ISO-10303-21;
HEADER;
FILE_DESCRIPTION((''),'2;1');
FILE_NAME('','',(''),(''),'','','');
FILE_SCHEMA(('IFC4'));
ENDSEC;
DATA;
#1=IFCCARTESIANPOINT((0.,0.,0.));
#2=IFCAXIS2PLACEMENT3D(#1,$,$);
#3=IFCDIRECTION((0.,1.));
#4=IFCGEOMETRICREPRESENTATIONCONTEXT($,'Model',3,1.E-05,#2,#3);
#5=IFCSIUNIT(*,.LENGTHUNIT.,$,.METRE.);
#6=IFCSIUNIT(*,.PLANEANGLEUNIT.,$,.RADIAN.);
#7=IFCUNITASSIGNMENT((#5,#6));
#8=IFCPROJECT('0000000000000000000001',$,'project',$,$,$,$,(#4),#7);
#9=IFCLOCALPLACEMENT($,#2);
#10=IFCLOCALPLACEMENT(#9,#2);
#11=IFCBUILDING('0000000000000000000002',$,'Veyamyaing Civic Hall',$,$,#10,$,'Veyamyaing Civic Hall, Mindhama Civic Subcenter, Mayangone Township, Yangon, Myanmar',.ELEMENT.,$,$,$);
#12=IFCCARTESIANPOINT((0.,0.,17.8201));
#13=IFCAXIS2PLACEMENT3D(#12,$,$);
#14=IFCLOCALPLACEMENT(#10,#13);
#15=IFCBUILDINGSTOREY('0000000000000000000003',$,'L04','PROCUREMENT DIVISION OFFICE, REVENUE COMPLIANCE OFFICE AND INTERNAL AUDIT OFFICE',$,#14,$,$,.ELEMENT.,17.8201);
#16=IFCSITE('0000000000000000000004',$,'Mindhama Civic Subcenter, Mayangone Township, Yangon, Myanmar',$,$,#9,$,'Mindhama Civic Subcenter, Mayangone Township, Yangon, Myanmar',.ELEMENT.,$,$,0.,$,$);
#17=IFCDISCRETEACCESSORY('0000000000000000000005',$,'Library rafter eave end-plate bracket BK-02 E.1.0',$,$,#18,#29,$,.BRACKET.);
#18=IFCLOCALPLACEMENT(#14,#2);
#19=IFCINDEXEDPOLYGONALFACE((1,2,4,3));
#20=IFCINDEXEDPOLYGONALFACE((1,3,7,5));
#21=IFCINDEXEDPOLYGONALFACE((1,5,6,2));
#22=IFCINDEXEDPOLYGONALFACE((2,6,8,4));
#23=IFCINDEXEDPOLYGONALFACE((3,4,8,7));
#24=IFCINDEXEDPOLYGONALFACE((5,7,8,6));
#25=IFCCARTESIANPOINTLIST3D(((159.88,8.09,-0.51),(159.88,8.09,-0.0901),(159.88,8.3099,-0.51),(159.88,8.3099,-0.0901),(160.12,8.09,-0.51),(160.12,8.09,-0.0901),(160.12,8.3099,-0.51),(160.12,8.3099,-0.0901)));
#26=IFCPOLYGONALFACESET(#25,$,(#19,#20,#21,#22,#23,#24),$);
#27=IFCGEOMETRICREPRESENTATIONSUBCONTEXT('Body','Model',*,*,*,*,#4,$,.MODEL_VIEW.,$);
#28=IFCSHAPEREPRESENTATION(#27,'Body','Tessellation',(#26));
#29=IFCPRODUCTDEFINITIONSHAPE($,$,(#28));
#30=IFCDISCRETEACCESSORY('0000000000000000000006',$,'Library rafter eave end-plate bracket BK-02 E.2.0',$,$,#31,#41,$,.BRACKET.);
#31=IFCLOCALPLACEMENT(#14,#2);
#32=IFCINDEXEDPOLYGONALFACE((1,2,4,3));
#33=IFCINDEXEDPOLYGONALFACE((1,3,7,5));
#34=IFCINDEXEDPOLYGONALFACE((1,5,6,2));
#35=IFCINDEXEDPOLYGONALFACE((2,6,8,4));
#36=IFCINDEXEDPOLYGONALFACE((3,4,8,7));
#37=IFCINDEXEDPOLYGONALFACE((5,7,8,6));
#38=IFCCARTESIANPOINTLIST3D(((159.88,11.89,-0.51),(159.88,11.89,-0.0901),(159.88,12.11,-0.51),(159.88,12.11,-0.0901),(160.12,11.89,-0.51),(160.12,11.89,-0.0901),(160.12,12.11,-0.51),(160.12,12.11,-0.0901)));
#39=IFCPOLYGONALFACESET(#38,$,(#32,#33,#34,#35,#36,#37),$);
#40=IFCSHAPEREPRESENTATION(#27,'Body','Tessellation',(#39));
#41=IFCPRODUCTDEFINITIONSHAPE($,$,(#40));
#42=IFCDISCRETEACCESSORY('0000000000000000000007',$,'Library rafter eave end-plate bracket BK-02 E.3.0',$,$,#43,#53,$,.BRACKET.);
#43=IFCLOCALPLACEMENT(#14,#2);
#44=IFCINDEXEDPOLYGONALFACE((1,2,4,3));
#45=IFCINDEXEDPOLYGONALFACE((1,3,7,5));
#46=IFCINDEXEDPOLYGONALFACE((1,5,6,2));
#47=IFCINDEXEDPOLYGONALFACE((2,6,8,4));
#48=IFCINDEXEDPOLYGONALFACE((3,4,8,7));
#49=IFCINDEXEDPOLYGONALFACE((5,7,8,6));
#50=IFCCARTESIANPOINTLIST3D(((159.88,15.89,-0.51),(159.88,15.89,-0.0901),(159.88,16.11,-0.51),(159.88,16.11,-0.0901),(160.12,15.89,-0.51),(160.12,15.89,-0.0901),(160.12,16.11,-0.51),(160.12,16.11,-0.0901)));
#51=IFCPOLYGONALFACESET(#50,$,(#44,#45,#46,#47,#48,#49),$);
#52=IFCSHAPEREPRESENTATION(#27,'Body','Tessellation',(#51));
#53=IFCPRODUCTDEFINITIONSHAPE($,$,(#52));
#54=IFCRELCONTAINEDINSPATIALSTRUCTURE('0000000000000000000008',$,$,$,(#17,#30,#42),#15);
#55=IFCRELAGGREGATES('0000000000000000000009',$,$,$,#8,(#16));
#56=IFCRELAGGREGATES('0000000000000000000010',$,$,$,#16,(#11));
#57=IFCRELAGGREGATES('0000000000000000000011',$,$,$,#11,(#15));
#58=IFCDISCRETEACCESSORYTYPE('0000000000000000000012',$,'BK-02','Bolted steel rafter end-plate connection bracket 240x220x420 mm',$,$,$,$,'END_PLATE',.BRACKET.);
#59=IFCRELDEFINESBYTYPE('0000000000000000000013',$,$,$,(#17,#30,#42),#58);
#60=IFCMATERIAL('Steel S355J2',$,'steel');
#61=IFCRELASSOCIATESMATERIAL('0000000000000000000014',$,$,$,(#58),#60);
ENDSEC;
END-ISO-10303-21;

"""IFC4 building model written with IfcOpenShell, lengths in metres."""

from ifc_helpers import new_model, si_unit, direction, frame, origin, origin_2d, place, context, subcontext, project, spatial, rectangle, extrude, material, type_object, element, save


model = new_model("IFC4")

# Units and contexts
model_context = context("Model", 3, precision=1e-05, world=origin(), true_north=direction((0.0, 1.0)))
body_context = subcontext(model_context, "Body", "Model", "MODEL_VIEW")
ifc_project = project(units=[si_unit("LENGTHUNIT", "METRE"), si_unit("PLANEANGLEUNIT", "RADIAN")], contexts=[model_context])

# Site, building, storey
site_placement = place(None, origin())
site = spatial("IfcSite", under=ifc_project, at=site_placement, Name="Mindhama Civic Subcenter, Mayangone Township, Yangon, Myanmar", LongName="Mindhama Civic Subcenter, Mayangone Township, Yangon, Myanmar", CompositionType="ELEMENT", RefElevation=0.0)
building_placement = place(site_placement, origin())
building = spatial("IfcBuilding", under=site, at=building_placement, Name="Veyamyaing Civic Hall", LongName="Veyamyaing Civic Hall, Mindhama Civic Subcenter, Mayangone Township, Yangon, Myanmar", CompositionType="ELEMENT")
storey_placement = place(building_placement, frame((0.0, 0.0, 17.8201)))
storey = spatial("IfcBuildingStorey", under=building, at=storey_placement, Name="L04", Description="PROCUREMENT DIVISION OFFICE, REVENUE COMPLIANCE OFFICE AND INTERNAL AUDIT OFFICE", CompositionType="ELEMENT", Elevation=17.8201)

# Discrete accessories
ifc_material_1 = material(Name="Steel S355J2", Category="steel")
discrete_accessory_type = type_object("IfcDiscreteAccessoryType", Name="BK-02", Description="Bolted steel rafter end-plate connection bracket 240x220x420 mm", ElementType="END_PLATE", PredefinedType="BRACKET", material=ifc_material_1)
for number, where, z_axis, x_axis, name in (
    (1, (160.0, 8.2, -0.51), (0.0, 0.0, 1.0), (1.0, 0.0, 0.0), "Library rafter eave end-plate bracket BK-02 E.1.0"),
    (2, (160.0, 12.0, -0.51), (0.0, 0.0, 1.0), (1.0, 0.0, 0.0), "Library rafter eave end-plate bracket BK-02 E.2.0"),
    (3, (160.0, 16.0, -0.51), (0.0, 0.0, 1.0), (1.0, 0.0, 0.0), "Library rafter eave end-plate bracket BK-02 E.3.0"),
):
    element("IfcDiscreteAccessory", number, at=place(storey_placement, frame(where, z_axis=z_axis, x_axis=x_axis)), inside=storey, type_object=discrete_accessory_type, Name=name, PredefinedType="BRACKET", context=body_context, shape_type="SweptSolid", body=[
        extrude(rectangle(XDim=0.24, YDim=0.22, at=origin_2d()), origin(), (0.0, 0.0, 1.0), 0.4199),
    ])

save(model, "model.ifc")
